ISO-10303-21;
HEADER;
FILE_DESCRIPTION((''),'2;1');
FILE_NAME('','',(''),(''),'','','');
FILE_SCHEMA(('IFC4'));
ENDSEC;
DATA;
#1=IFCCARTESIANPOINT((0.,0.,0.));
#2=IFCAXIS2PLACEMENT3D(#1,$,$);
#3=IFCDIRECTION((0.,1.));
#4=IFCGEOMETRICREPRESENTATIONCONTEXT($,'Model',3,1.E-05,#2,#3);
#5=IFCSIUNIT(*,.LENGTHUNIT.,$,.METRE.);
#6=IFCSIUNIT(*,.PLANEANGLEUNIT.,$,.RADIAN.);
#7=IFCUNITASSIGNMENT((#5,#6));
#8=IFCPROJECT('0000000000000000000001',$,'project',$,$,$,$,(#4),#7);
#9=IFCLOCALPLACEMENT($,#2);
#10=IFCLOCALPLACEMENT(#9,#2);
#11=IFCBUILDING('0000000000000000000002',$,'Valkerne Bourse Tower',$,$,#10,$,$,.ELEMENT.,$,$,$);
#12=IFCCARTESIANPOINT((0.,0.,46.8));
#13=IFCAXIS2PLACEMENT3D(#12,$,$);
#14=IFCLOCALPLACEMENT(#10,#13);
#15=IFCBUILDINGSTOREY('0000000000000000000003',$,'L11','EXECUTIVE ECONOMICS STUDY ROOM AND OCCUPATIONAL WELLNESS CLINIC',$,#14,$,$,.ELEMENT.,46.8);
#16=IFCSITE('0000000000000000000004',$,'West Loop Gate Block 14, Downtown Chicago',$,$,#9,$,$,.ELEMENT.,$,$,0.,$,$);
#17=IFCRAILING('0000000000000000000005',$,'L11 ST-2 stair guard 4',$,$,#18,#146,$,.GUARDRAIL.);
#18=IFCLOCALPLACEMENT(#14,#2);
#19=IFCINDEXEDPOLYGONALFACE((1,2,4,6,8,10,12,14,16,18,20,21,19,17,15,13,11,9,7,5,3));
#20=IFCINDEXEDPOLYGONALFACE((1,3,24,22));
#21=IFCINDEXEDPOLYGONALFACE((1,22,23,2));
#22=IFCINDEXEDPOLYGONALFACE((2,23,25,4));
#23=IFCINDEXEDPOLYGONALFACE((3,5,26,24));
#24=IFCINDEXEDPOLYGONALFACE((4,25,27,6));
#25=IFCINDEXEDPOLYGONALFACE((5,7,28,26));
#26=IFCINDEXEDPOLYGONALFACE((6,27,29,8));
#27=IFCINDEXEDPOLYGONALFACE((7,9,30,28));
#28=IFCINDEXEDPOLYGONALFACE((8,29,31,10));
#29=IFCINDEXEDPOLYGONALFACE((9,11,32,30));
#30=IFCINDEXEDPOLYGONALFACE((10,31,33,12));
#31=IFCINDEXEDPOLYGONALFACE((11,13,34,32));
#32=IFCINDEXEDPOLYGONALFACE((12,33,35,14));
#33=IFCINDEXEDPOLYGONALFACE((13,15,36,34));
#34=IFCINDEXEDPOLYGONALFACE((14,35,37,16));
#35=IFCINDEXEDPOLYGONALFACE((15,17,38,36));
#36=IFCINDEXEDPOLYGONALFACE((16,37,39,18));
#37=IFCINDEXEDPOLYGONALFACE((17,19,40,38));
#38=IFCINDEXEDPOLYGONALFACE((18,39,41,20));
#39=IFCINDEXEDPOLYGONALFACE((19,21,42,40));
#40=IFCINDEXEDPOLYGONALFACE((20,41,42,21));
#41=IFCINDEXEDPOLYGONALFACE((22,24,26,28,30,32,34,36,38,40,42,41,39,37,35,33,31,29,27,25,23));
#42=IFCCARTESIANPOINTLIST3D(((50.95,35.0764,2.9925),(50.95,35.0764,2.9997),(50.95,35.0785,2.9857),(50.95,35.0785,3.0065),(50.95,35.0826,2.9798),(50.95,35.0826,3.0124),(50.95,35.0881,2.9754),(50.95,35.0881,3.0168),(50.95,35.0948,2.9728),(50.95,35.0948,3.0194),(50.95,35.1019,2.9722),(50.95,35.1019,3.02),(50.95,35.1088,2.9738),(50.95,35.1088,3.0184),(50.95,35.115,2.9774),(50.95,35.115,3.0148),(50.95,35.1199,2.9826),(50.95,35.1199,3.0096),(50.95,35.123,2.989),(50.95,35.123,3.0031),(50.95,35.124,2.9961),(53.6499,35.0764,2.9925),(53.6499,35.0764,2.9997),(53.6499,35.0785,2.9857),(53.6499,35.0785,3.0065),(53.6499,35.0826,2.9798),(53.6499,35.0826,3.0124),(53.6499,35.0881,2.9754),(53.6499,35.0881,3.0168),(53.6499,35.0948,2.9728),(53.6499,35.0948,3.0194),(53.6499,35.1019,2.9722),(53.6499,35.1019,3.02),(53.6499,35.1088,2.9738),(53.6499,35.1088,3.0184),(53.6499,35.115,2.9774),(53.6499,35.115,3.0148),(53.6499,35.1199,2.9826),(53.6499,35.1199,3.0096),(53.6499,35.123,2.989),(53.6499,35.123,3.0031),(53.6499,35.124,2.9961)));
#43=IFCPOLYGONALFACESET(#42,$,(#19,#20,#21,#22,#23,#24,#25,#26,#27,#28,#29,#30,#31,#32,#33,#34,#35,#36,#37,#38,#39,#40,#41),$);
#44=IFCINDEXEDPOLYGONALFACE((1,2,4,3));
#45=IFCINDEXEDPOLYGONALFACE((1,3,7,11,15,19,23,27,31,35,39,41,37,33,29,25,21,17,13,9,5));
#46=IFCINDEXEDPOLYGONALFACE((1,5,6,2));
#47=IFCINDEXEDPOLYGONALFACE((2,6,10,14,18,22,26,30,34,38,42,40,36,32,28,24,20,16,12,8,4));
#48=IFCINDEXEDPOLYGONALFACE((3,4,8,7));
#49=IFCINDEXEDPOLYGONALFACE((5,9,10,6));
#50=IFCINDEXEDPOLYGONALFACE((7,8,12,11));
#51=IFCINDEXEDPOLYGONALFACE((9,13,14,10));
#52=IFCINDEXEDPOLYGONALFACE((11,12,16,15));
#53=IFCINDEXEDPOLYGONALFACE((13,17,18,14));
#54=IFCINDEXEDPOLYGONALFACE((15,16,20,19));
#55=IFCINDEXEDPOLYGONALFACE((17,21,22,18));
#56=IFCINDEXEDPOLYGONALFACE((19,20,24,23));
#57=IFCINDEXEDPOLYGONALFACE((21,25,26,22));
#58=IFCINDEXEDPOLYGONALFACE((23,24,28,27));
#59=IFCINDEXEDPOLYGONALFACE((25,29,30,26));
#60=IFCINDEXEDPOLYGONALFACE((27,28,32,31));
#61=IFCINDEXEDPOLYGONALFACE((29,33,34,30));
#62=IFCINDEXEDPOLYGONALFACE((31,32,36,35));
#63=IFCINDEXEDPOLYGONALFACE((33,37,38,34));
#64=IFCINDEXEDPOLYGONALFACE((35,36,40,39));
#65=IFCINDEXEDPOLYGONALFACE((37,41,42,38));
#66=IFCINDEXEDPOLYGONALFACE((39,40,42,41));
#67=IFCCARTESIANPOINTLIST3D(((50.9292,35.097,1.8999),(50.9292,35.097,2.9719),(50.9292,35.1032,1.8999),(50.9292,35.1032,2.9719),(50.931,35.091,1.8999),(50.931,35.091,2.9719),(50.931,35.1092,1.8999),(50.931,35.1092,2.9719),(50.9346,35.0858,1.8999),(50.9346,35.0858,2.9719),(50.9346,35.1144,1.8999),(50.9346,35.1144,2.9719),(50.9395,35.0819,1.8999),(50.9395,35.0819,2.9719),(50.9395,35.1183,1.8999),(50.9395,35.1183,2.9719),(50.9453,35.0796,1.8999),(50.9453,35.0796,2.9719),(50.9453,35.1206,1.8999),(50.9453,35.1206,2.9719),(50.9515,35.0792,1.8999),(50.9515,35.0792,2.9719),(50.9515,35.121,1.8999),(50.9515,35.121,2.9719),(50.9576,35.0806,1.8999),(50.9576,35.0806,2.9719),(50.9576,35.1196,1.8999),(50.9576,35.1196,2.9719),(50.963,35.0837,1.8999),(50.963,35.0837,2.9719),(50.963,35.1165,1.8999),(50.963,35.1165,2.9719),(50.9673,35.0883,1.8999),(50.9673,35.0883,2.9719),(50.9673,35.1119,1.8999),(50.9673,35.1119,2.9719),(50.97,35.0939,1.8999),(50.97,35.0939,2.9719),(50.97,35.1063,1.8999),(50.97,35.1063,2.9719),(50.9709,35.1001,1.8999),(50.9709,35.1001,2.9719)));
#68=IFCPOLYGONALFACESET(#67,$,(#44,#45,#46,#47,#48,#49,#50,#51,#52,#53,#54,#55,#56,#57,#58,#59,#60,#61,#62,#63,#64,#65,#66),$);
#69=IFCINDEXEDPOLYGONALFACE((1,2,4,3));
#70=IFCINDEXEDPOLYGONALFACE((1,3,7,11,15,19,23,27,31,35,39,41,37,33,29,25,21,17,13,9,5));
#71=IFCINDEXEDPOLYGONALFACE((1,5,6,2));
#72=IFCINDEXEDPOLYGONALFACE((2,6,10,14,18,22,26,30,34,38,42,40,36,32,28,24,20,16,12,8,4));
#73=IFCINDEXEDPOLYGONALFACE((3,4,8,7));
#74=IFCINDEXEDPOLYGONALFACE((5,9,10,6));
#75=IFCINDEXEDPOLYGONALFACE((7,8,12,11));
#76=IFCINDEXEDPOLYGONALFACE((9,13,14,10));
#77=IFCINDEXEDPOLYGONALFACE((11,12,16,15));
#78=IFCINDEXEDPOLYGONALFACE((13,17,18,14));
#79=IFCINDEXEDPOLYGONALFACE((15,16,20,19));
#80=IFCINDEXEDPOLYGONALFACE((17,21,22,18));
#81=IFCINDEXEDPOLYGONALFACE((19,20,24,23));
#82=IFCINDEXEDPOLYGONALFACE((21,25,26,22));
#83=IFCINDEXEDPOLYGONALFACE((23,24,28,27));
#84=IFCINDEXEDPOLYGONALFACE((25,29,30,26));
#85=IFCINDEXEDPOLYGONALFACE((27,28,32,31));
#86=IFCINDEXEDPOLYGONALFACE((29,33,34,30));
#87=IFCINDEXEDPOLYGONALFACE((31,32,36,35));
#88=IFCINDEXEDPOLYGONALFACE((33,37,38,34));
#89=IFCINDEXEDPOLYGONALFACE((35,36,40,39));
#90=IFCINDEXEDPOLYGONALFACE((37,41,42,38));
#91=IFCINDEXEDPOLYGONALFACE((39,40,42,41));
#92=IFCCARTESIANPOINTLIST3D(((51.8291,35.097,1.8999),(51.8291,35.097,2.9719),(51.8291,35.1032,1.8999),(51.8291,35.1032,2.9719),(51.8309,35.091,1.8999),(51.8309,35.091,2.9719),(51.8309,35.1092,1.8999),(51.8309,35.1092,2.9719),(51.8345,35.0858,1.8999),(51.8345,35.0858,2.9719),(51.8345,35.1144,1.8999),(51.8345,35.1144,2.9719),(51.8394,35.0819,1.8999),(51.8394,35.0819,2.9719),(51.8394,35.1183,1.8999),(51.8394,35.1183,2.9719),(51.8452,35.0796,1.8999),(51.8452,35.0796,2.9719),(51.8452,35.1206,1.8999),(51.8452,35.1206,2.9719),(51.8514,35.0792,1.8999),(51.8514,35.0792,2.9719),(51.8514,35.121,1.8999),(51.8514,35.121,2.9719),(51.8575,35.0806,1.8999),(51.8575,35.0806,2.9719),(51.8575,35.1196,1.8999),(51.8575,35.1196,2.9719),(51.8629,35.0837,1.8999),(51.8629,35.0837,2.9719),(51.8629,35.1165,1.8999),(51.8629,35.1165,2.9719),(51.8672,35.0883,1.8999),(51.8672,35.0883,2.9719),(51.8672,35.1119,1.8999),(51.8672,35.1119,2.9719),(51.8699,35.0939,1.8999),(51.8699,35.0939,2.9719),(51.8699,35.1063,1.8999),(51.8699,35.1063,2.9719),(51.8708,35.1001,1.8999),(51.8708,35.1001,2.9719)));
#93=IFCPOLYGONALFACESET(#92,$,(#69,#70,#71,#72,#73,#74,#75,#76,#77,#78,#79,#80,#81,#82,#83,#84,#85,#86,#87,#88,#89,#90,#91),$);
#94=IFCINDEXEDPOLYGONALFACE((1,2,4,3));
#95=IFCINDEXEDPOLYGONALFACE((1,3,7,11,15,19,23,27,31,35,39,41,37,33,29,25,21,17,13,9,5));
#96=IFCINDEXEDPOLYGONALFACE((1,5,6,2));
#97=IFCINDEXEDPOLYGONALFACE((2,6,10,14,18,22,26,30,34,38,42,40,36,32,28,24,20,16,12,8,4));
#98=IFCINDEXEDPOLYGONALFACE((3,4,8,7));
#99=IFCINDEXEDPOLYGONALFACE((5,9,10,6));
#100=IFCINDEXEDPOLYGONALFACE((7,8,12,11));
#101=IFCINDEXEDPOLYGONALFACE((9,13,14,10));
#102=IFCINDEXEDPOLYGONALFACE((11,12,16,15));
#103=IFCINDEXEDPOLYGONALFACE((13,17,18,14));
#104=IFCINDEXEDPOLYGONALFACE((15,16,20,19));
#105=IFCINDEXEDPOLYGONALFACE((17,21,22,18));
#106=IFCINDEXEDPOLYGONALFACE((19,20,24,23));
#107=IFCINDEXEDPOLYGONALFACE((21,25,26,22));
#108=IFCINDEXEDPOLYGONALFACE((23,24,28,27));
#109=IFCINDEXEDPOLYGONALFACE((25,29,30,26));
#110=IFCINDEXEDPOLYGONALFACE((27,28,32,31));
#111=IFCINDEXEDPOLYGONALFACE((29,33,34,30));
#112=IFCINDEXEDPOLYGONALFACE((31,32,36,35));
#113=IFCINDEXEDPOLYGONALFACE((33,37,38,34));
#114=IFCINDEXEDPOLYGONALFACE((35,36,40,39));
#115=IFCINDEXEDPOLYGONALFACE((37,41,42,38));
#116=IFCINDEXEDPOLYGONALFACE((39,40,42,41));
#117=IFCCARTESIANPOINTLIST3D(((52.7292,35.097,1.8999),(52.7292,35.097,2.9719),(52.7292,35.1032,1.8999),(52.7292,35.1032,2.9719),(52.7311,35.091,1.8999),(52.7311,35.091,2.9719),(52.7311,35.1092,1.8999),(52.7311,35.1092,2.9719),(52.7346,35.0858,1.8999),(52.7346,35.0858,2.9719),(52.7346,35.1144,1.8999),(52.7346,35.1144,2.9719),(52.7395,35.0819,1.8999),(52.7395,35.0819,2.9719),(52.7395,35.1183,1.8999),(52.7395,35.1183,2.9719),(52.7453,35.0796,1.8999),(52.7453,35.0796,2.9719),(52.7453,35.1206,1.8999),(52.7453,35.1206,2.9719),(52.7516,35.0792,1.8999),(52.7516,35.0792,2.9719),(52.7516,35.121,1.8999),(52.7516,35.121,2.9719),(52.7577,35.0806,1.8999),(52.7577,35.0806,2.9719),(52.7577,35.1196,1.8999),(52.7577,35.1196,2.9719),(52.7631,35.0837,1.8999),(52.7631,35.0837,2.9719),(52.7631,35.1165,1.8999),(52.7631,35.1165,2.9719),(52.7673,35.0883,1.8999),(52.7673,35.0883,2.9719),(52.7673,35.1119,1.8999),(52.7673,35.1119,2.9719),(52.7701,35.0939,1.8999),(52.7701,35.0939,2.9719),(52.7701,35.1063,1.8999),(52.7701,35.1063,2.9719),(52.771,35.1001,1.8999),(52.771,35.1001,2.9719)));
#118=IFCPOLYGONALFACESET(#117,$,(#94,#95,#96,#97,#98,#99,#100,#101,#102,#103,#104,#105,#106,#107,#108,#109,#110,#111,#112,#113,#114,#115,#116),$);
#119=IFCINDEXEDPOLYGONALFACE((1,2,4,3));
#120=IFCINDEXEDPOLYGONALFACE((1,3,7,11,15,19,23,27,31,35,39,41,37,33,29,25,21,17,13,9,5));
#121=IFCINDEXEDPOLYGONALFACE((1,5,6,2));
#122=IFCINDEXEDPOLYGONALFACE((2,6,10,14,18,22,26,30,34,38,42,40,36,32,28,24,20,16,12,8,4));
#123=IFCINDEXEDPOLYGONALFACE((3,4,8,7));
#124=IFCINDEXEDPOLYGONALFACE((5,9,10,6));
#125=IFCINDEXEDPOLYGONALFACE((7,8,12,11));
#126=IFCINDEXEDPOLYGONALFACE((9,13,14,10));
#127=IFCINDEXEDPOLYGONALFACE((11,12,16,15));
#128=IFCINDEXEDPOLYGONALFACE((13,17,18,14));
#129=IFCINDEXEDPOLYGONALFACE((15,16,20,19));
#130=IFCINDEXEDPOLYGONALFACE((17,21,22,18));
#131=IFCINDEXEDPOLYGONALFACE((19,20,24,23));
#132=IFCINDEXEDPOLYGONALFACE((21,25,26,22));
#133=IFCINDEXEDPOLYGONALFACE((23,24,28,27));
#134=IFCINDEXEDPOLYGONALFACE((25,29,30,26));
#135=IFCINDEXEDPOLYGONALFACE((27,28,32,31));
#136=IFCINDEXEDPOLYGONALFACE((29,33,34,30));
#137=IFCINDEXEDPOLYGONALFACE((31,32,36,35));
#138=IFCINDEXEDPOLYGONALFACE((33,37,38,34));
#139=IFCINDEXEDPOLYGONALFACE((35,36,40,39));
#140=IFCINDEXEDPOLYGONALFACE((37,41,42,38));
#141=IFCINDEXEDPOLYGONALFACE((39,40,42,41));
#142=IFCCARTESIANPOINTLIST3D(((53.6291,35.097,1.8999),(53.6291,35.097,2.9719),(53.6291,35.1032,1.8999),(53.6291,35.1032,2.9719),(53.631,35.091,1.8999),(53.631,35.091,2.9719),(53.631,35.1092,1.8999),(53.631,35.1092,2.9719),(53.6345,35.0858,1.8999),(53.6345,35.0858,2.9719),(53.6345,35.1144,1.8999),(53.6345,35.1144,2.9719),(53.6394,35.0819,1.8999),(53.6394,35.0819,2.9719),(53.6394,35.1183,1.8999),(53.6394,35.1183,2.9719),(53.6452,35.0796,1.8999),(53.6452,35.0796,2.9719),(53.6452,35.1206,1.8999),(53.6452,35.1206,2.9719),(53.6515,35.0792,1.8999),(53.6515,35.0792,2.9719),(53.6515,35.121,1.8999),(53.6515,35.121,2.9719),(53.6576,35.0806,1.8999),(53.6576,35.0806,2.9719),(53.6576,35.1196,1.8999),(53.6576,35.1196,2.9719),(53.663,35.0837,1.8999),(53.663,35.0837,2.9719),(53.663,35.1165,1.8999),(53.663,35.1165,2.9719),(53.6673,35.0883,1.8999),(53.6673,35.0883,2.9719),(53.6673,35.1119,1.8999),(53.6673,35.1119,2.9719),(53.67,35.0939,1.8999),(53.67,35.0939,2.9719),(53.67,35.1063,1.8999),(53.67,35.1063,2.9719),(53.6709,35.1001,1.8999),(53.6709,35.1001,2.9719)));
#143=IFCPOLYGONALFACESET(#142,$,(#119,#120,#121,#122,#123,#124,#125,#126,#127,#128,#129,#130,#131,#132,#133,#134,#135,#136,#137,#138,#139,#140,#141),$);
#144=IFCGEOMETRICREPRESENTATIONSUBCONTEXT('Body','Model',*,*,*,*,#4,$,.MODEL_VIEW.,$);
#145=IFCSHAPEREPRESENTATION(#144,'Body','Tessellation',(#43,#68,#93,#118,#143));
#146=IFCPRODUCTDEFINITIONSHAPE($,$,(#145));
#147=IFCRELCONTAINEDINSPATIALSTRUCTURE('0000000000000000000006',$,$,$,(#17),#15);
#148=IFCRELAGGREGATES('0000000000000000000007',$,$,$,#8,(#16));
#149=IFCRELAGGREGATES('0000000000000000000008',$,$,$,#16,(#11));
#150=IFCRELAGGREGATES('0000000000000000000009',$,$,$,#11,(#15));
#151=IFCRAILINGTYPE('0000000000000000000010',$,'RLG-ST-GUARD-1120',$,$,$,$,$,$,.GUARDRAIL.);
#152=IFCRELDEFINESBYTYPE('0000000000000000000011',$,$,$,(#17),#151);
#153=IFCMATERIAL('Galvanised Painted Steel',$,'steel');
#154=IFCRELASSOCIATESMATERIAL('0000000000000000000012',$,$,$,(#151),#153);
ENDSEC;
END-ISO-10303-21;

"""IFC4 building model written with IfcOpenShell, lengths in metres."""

from ifc_helpers import new_model, si_unit, direction, frame, origin, origin_2d, place, context, subcontext, project, spatial, circle, extrude, material, type_object, element, save


model = new_model("IFC4")

# Units and contexts
model_context = context("Model", 3, precision=1e-05, world=origin(), true_north=direction((0.0, 1.0)))
body_context = subcontext(model_context, "Body", "Model", "MODEL_VIEW")
ifc_project = project(units=[si_unit("LENGTHUNIT", "METRE"), si_unit("PLANEANGLEUNIT", "RADIAN")], contexts=[model_context])

# Site, building, storey
site_placement = place(None, origin())
site = spatial("IfcSite", under=ifc_project, at=site_placement, Name="West Loop Gate Block 14, Downtown Chicago", CompositionType="ELEMENT", RefElevation=0.0)
building_placement = place(site_placement, origin())
building = spatial("IfcBuilding", under=site, at=building_placement, Name="Valkerne Bourse Tower", CompositionType="ELEMENT")
storey_placement = place(building_placement, frame((0.0, 0.0, 46.8)))
storey = spatial("IfcBuildingStorey", under=building, at=storey_placement, Name="L11", Description="EXECUTIVE ECONOMICS STUDY ROOM AND OCCUPATIONAL WELLNESS CLINIC", CompositionType="ELEMENT", Elevation=46.8)

# Railing
ifc_material_1 = material(Name="Galvanised Painted Steel", Category="steel")
railing_type_1 = type_object("IfcRailingType", Name="RLG-ST-GUARD-1120", PredefinedType="GUARDRAIL", material=ifc_material_1)
railing_1_placement = place(storey_placement, frame((50.95, 35.1001, 1.8999)))
element("IfcRailing", 1, at=railing_1_placement, inside=storey, type_object=railing_type_1, Name="L11 ST-2 stair guard 4", PredefinedType="GUARDRAIL", context=body_context, shape_type="SweptSolid", body=[
    extrude(circle(Radius=0.0239, at=origin_2d()), frame((0.0, 0.0, 1.0962), z_axis=(1.0, 0.0, 0.0), x_axis=(0.0, 1.0, 0.0)), (0.0, 0.0, 1.0), 2.7),
    extrude(circle(Radius=0.021, at=origin_2d()), origin(), (0.0, 0.0, 1.0), 1.072),
    extrude(circle(Radius=0.021, at=origin_2d()), frame((0.8999, 0.0, 0.0)), (0.0, 0.0, 1.0), 1.072),
    extrude(circle(Radius=0.021, at=origin_2d()), frame((1.8, 0.0, 0.0)), (0.0, 0.0, 1.0), 1.072),
    extrude(circle(Radius=0.021, at=origin_2d()), frame((2.7, 0.0, 0.0)), (0.0, 0.0, 1.0), 1.072),
])

save(model, "model.ifc")
